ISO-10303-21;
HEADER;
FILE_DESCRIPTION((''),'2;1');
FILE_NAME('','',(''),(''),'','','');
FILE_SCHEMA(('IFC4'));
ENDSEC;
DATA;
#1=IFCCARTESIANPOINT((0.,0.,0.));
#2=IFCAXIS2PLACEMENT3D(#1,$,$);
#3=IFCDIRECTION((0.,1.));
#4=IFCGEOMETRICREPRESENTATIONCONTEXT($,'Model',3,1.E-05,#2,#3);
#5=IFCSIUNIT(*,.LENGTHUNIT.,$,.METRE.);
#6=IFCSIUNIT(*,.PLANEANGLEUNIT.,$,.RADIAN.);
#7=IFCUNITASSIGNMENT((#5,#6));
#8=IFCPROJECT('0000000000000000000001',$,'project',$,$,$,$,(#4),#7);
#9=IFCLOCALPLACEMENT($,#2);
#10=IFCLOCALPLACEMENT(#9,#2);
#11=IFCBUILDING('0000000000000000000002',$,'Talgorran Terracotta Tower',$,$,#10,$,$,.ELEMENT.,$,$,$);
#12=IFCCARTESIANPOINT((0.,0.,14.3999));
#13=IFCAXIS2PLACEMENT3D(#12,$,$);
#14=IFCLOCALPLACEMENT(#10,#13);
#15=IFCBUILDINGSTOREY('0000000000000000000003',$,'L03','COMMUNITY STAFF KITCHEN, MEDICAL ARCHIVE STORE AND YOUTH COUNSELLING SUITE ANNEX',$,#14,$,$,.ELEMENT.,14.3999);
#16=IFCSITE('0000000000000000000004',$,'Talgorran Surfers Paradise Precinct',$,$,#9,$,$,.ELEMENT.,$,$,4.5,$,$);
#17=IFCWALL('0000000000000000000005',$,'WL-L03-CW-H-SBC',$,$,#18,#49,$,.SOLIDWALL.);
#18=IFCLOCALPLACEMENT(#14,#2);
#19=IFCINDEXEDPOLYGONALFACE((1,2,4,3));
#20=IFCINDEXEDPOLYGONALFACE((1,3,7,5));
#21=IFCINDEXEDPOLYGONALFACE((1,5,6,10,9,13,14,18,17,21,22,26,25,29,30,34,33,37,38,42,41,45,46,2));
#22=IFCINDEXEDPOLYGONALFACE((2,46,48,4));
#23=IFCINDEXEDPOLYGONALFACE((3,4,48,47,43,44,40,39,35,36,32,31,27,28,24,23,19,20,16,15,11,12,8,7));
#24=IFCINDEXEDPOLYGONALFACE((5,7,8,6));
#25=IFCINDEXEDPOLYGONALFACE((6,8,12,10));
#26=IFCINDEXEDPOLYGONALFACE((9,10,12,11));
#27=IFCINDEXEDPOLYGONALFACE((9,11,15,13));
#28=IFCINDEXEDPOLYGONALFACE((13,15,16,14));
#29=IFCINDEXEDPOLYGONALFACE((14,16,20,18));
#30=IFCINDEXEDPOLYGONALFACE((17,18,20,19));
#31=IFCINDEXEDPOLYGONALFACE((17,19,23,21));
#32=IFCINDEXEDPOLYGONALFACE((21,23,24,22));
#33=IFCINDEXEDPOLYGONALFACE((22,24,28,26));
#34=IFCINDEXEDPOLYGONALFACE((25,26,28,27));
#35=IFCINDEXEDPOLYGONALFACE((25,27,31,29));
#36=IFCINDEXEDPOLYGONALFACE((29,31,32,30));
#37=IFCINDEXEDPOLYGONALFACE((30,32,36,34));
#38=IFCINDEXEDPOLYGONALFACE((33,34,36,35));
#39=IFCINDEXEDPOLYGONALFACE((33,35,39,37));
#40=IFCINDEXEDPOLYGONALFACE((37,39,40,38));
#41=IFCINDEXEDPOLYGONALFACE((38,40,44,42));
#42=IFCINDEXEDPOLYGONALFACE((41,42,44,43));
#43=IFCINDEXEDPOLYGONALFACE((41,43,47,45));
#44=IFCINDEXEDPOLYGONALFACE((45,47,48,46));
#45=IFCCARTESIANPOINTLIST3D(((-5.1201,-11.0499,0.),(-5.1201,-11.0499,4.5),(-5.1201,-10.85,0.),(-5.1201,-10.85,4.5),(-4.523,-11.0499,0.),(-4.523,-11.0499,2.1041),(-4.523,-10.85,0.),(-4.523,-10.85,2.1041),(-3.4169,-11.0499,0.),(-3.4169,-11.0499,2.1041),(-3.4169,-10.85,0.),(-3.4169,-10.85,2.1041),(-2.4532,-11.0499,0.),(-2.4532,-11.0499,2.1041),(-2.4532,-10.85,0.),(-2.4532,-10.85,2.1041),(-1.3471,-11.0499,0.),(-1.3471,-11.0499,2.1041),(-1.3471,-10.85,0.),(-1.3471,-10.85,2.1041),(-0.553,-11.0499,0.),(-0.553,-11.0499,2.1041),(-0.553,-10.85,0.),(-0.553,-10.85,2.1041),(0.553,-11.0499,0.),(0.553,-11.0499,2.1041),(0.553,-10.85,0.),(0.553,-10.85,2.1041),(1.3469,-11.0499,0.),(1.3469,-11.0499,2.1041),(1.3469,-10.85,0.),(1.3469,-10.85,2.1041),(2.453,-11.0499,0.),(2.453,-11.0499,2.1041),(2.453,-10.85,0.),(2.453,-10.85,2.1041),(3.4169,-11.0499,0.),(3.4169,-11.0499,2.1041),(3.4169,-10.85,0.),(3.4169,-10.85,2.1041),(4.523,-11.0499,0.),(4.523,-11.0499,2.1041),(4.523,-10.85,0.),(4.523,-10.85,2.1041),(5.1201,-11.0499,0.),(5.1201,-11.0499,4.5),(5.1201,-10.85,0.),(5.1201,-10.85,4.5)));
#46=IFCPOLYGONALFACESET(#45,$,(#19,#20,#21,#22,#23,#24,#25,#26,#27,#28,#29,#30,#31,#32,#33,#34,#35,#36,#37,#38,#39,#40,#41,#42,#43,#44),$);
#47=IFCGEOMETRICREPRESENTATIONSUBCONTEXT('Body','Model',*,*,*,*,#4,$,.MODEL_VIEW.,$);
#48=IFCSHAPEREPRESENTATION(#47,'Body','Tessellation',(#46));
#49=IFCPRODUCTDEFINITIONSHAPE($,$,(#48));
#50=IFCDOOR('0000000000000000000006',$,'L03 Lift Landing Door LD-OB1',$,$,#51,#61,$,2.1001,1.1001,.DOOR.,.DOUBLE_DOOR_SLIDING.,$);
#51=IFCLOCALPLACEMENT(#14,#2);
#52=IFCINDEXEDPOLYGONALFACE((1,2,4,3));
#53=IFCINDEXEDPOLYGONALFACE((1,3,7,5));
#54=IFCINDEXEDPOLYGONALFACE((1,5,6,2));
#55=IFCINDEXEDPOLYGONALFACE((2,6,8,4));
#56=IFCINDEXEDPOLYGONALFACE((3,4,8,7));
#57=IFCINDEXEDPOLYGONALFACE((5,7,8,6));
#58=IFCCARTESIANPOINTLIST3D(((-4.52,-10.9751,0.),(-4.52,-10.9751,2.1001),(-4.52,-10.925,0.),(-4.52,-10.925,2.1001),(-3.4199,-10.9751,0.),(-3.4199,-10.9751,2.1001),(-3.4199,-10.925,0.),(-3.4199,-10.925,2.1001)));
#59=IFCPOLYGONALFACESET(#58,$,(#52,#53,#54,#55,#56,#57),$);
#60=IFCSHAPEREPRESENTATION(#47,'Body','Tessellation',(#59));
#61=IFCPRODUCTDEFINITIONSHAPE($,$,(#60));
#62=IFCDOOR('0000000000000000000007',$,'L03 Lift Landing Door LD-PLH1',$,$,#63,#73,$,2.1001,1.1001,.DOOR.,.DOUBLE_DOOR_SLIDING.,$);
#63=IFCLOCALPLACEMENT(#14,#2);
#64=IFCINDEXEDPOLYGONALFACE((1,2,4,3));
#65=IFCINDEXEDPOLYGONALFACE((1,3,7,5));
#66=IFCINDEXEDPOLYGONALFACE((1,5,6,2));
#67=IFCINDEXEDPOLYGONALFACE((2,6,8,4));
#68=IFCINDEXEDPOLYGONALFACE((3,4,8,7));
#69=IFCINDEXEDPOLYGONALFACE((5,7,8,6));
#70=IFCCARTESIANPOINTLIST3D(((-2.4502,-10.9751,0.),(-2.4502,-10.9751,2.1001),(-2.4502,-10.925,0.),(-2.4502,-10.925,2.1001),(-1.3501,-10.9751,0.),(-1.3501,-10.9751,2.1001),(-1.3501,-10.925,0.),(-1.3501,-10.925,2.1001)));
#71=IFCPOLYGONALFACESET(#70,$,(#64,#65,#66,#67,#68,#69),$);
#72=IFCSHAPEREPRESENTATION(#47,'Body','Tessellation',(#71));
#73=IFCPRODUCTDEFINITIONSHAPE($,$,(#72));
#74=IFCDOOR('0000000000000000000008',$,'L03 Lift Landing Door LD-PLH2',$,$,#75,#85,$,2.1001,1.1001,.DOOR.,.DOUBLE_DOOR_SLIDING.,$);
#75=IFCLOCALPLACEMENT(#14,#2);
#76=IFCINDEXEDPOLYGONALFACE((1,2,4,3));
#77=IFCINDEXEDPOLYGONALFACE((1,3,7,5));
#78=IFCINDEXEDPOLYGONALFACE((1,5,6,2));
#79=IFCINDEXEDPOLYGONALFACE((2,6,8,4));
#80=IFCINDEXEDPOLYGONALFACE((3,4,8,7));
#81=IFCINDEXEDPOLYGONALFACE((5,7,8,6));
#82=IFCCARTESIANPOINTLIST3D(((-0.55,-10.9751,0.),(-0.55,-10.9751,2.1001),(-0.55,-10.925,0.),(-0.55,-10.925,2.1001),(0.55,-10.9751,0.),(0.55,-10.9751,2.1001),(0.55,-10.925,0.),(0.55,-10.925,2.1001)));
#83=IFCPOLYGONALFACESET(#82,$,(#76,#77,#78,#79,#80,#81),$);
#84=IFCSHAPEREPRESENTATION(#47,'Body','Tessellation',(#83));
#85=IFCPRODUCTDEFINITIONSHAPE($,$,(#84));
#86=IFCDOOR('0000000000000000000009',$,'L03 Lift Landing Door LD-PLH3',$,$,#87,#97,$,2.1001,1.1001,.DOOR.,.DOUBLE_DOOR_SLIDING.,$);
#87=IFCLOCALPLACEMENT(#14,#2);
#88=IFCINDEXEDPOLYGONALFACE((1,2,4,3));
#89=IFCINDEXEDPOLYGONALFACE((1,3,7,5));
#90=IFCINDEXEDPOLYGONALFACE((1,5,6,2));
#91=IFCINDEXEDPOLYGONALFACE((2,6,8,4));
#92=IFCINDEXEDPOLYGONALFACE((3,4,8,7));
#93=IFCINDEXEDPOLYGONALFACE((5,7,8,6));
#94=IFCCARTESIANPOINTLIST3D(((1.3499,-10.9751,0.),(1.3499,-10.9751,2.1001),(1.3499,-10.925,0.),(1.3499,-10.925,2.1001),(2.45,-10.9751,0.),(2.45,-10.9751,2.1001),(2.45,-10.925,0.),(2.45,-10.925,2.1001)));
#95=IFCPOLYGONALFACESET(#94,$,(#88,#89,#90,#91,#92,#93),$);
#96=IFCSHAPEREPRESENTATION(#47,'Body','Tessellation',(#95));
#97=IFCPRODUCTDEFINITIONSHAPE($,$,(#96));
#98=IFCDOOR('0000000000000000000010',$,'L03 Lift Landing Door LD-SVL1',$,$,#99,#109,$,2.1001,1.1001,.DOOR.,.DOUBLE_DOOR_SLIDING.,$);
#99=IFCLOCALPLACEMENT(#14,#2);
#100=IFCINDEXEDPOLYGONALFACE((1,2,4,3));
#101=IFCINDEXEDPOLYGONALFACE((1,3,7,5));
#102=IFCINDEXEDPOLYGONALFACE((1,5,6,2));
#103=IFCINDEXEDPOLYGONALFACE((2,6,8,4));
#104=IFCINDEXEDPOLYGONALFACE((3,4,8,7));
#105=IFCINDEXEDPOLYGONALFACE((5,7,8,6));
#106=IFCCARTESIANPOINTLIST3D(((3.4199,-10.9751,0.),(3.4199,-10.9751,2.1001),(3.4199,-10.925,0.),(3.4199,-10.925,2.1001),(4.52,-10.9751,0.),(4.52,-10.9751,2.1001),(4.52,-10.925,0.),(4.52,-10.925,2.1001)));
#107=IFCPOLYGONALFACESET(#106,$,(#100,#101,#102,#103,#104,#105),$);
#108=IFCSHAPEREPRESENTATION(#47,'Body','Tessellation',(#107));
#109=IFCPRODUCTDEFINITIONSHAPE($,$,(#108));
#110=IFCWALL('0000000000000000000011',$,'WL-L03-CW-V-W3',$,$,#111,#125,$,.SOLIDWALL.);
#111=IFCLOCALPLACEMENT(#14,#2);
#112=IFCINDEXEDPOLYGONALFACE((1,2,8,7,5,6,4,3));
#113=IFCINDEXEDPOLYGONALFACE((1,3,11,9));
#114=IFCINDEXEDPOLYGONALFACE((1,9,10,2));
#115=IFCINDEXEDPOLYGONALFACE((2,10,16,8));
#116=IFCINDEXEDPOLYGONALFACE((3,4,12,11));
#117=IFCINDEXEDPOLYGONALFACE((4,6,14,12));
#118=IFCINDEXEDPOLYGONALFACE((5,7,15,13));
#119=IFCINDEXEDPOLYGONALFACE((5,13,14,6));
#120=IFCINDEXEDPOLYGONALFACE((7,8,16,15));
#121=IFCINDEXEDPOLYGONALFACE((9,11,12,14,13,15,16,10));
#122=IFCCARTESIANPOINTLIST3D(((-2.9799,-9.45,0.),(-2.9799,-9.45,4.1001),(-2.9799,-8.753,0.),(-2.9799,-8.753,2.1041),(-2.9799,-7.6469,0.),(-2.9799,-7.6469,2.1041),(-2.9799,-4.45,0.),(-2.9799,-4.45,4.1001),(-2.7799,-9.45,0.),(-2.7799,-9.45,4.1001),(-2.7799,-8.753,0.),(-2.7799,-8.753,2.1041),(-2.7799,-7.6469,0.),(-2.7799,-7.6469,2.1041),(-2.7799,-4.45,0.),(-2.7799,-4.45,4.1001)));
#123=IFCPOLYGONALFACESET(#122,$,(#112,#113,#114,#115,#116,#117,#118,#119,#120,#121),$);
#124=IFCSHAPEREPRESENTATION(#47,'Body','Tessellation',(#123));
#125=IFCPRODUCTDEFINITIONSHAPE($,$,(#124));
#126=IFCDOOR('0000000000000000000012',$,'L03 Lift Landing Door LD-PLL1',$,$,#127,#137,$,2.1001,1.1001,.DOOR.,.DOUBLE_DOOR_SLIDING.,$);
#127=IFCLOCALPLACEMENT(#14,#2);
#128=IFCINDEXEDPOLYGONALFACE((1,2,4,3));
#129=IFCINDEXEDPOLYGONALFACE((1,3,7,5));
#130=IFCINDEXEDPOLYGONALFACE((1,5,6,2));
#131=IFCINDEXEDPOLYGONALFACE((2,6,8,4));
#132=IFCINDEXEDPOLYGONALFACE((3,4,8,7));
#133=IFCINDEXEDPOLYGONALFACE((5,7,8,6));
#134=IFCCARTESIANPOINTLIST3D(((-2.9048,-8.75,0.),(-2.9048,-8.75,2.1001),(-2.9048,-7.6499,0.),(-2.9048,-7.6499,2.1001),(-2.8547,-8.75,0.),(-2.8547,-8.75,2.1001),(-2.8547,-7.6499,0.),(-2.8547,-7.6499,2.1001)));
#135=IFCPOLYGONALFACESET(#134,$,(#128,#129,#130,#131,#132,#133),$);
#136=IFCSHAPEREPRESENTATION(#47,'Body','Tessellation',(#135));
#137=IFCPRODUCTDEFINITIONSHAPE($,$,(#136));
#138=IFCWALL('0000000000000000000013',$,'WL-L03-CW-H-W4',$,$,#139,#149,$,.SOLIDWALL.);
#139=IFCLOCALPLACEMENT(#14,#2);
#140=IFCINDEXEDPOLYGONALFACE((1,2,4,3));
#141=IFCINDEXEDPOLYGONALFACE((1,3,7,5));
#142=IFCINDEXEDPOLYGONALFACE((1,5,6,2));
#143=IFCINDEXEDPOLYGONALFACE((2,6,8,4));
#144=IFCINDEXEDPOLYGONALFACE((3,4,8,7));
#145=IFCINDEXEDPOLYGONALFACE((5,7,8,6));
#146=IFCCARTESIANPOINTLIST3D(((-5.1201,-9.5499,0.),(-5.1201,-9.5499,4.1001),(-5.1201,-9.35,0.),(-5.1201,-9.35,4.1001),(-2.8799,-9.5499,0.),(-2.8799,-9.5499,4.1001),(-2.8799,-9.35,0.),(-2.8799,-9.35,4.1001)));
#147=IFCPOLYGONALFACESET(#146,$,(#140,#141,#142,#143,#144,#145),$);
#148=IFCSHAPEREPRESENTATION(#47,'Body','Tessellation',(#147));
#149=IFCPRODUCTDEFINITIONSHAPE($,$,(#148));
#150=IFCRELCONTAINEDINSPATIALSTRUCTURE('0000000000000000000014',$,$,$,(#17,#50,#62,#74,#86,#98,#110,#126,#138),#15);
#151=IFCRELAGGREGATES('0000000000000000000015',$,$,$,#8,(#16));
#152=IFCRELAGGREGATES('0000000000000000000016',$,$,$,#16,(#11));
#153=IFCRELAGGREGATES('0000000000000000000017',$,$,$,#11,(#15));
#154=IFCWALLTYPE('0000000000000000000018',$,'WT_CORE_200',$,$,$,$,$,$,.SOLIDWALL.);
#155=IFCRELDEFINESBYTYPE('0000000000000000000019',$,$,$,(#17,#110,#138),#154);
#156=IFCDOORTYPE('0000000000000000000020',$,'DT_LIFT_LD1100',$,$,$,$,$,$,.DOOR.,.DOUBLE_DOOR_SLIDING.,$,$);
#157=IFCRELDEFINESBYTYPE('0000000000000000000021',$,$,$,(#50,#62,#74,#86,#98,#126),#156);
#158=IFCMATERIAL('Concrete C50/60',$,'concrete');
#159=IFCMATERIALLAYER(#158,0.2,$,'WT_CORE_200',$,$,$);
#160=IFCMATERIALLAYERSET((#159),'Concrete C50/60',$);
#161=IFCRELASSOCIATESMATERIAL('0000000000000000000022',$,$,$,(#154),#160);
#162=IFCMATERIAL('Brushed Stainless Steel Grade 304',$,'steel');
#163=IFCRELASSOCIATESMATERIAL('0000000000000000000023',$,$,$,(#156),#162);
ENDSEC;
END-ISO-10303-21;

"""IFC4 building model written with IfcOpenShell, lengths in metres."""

from ifc_helpers import new_model, si_unit, direction, frame, frame_2d, origin, place, context, subcontext, project, spatial, rectangle, extrude, material, layer, layer_set, type_object, element, fill, save


model = new_model("IFC4")

# Units and contexts
model_context = context("Model", 3, precision=1e-05, world=origin(), true_north=direction((0.0, 1.0)))
body_context = subcontext(model_context, "Body", "Model", "MODEL_VIEW")
ifc_project = project(units=[si_unit("LENGTHUNIT", "METRE"), si_unit("PLANEANGLEUNIT", "RADIAN")], contexts=[model_context])

# Site, building, storey
site_placement = place(None, origin())
site = spatial("IfcSite", under=ifc_project, at=site_placement, Name="Talgorran Surfers Paradise Precinct", CompositionType="ELEMENT", RefElevation=4.5)
building_placement = place(site_placement, origin())
building = spatial("IfcBuilding", under=site, at=building_placement, Name="Talgorran Terracotta Tower", CompositionType="ELEMENT")
storey_placement = place(building_placement, frame((0.0, 0.0, 14.3999)))
storey = spatial("IfcBuildingStorey", under=building, at=storey_placement, Name="L03", Description="COMMUNITY STAFF KITCHEN, MEDICAL ARCHIVE STORE AND YOUTH COUNSELLING SUITE ANNEX", CompositionType="ELEMENT", Elevation=14.3999)

# Wall, openings, doors
ifc_material_1 = material(Name="Concrete C50/60", Category="concrete")
ifc_layer_1 = layer(ifc_material_1, 0.2, Name="WT_CORE_200")
ifc_layer_set_1 = layer_set([ifc_layer_1], Name="Concrete C50/60")
wall_type_1 = type_object("IfcWallType", Name="WT_CORE_200", PredefinedType="SOLIDWALL", material=ifc_layer_set_1)
ifc_material_2 = material(Name="Brushed Stainless Steel Grade 304", Category="steel")
door_type_1 = type_object("IfcDoorType", Name="DT_LIFT_LD1100", OperationType="DOUBLE_DOOR_SLIDING", PredefinedType="DOOR", material=ifc_material_2)
wall_1_placement = place(storey_placement, frame((-5.1201, -10.95, 0.0), z_axis=(0.0, 0.0, 1.0), x_axis=(1.0, 0.0, 0.0)))
wall_1 = element("IfcWall", 1, at=wall_1_placement, inside=storey, type_object=wall_type_1, Name="WL-L03-CW-H-SBC", PredefinedType="SOLIDWALL", context=body_context, shape_type="SweptSolid", body=[
    extrude(rectangle(XDim=10.2402, YDim=0.2, at=frame_2d((5.1201, 0.0))), origin(), (0.0, 0.0, 1.0), 4.5),
])
opening_1_placement = place(wall_1_placement, frame((0.6001, 0.0, 0.0)))
opening_1 = element("IfcOpeningElement", 2, at=opening_1_placement, cuts=wall_1, PredefinedType="OPENING", context=body_context, shape_type="SweptSolid", body=[
    extrude(rectangle(XDim=1.1061, YDim=2.1041, at=frame_2d((0.55, 1.052))), frame((0.0, 0.1099, 0.0), z_axis=(0.0, -1.0, 0.0), x_axis=(1.0, 0.0, 0.0)), (0.0, 0.0, 1.0), 0.22),
])
opening_2_placement = place(wall_1_placement, frame((2.6699, 0.0, 0.0)))
opening_2 = element("IfcOpeningElement", 3, at=opening_2_placement, cuts=wall_1, PredefinedType="OPENING", context=body_context, shape_type="SweptSolid", body=[
    extrude(rectangle(XDim=1.1061, YDim=2.1041, at=frame_2d((0.55, 1.052))), frame((0.0, 0.1099, 0.0), z_axis=(0.0, -1.0, 0.0), x_axis=(1.0, 0.0, 0.0)), (0.0, 0.0, 1.0), 0.22),
])
opening_3_placement = place(wall_1_placement, frame((4.5701, 0.0, 0.0)))
opening_3 = element("IfcOpeningElement", 4, at=opening_3_placement, cuts=wall_1, PredefinedType="OPENING", context=body_context, shape_type="SweptSolid", body=[
    extrude(rectangle(XDim=1.1061, YDim=2.1041, at=frame_2d((0.55, 1.052))), frame((0.0, 0.1099, 0.0), z_axis=(0.0, -1.0, 0.0), x_axis=(1.0, 0.0, 0.0)), (0.0, 0.0, 1.0), 0.22),
])
opening_4_placement = place(wall_1_placement, frame((6.47, 0.0, 0.0)))
opening_4 = element("IfcOpeningElement", 5, at=opening_4_placement, cuts=wall_1, PredefinedType="OPENING", context=body_context, shape_type="SweptSolid", body=[
    extrude(rectangle(XDim=1.1061, YDim=2.1041, at=frame_2d((0.55, 1.052))), frame((0.0, 0.1099, 0.0), z_axis=(0.0, -1.0, 0.0), x_axis=(1.0, 0.0, 0.0)), (0.0, 0.0, 1.0), 0.22),
])
opening_5_placement = place(wall_1_placement, frame((8.54, 0.0, 0.0)))
opening_5 = element("IfcOpeningElement", 6, at=opening_5_placement, cuts=wall_1, PredefinedType="OPENING", context=body_context, shape_type="SweptSolid", body=[
    extrude(rectangle(XDim=1.1061, YDim=2.1041, at=frame_2d((0.55, 1.052))), frame((0.0, 0.1099, 0.0), z_axis=(0.0, -1.0, 0.0), x_axis=(1.0, 0.0, 0.0)), (0.0, 0.0, 1.0), 0.22),
])
door_1_placement = place(opening_1_placement, origin())
door_1 = element("IfcDoor", 7, at=door_1_placement, inside=storey, type_object=door_type_1, Name="L03 Lift Landing Door LD-OB1", OperationType="DOUBLE_DOOR_SLIDING", OverallHeight=2.1001, OverallWidth=1.1001, PredefinedType="DOOR", context=body_context, shape_type="SweptSolid", body=[
    extrude(rectangle(XDim=1.1001, YDim=2.1001, at=frame_2d((0.55, 1.05))), frame((0.0, 0.0249, 0.0), z_axis=(0.0, -1.0, 0.0), x_axis=(1.0, 0.0, 0.0)), (0.0, 0.0, 1.0), 0.05),
])
fill(opening_1, door_1)
door_2_placement = place(opening_2_placement, origin())
door_2 = element("IfcDoor", 8, at=door_2_placement, inside=storey, type_object=door_type_1, Name="L03 Lift Landing Door LD-PLH1", OperationType="DOUBLE_DOOR_SLIDING", OverallHeight=2.1001, OverallWidth=1.1001, PredefinedType="DOOR", context=body_context, shape_type="SweptSolid", body=[
    extrude(rectangle(XDim=1.1001, YDim=2.1001, at=frame_2d((0.55, 1.05))), frame((0.0, 0.0249, 0.0), z_axis=(0.0, -1.0, 0.0), x_axis=(1.0, 0.0, 0.0)), (0.0, 0.0, 1.0), 0.05),
])
fill(opening_2, door_2)
door_3_placement = place(opening_3_placement, origin())
door_3 = element("IfcDoor", 9, at=door_3_placement, inside=storey, type_object=door_type_1, Name="L03 Lift Landing Door LD-PLH2", OperationType="DOUBLE_DOOR_SLIDING", OverallHeight=2.1001, OverallWidth=1.1001, PredefinedType="DOOR", context=body_context, shape_type="SweptSolid", body=[
    extrude(rectangle(XDim=1.1001, YDim=2.1001, at=frame_2d((0.55, 1.05))), frame((0.0, 0.0249, 0.0), z_axis=(0.0, -1.0, 0.0), x_axis=(1.0, 0.0, 0.0)), (0.0, 0.0, 1.0), 0.05),
])
fill(opening_3, door_3)
door_4_placement = place(opening_4_placement, origin())
door_4 = element("IfcDoor", 10, at=door_4_placement, inside=storey, type_object=door_type_1, Name="L03 Lift Landing Door LD-PLH3", OperationType="DOUBLE_DOOR_SLIDING", OverallHeight=2.1001, OverallWidth=1.1001, PredefinedType="DOOR", context=body_context, shape_type="SweptSolid", body=[
    extrude(rectangle(XDim=1.1001, YDim=2.1001, at=frame_2d((0.55, 1.05))), frame((0.0, 0.0249, 0.0), z_axis=(0.0, -1.0, 0.0), x_axis=(1.0, 0.0, 0.0)), (0.0, 0.0, 1.0), 0.05),
])
fill(opening_4, door_4)
door_5_placement = place(opening_5_placement, origin())
door_5 = element("IfcDoor", 11, at=door_5_placement, inside=storey, type_object=door_type_1, Name="L03 Lift Landing Door LD-SVL1", OperationType="DOUBLE_DOOR_SLIDING", OverallHeight=2.1001, OverallWidth=1.1001, PredefinedType="DOOR", context=body_context, shape_type="SweptSolid", body=[
    extrude(rectangle(XDim=1.1001, YDim=2.1001, at=frame_2d((0.55, 1.05))), frame((0.0, 0.0249, 0.0), z_axis=(0.0, -1.0, 0.0), x_axis=(1.0, 0.0, 0.0)), (0.0, 0.0, 1.0), 0.05),
])
fill(opening_5, door_5)

# Wall, opening, door
wall_2_placement = place(storey_placement, frame((-2.8799, -9.45, 0.0), z_axis=(0.0, 0.0, 1.0), x_axis=(0.0, 1.0, 0.0)))
wall_2 = element("IfcWall", 12, at=wall_2_placement, inside=storey, type_object=wall_type_1, Name="WL-L03-CW-V-W3", PredefinedType="SOLIDWALL", context=body_context, shape_type="SweptSolid", body=[
    extrude(rectangle(XDim=5.0, YDim=0.2, at=frame_2d((2.5, 0.0))), origin(), (0.0, 0.0, 1.0), 4.1001),
])
opening_6_placement = place(wall_2_placement, frame((0.7, 0.0, 0.0)))
opening_6 = element("IfcOpeningElement", 13, at=opening_6_placement, cuts=wall_2, PredefinedType="OPENING", context=body_context, shape_type="SweptSolid", body=[
    extrude(rectangle(XDim=1.1061, YDim=2.1041, at=frame_2d((0.55, 1.052))), frame((0.0, 0.1099, 0.0), z_axis=(0.0, -1.0, 0.0), x_axis=(1.0, 0.0, 0.0)), (0.0, 0.0, 1.0), 0.22),
])
door_6_placement = place(opening_6_placement, origin())
door_6 = element("IfcDoor", 14, at=door_6_placement, inside=storey, type_object=door_type_1, Name="L03 Lift Landing Door LD-PLL1", OperationType="DOUBLE_DOOR_SLIDING", OverallHeight=2.1001, OverallWidth=1.1001, PredefinedType="DOOR", context=body_context, shape_type="SweptSolid", body=[
    extrude(rectangle(XDim=1.1001, YDim=2.1001, at=frame_2d((0.55, 1.05))), frame((0.0, 0.0249, 0.0), z_axis=(0.0, -1.0, 0.0), x_axis=(1.0, 0.0, 0.0)), (0.0, 0.0, 1.0), 0.05),
])
fill(opening_6, door_6)

# Wall
wall_3_placement = place(storey_placement, frame((-5.1201, -9.45, 0.0), z_axis=(0.0, 0.0, 1.0), x_axis=(1.0, 0.0, 0.0)))
element("IfcWall", 15, at=wall_3_placement, inside=storey, type_object=wall_type_1, Name="WL-L03-CW-H-W4", PredefinedType="SOLIDWALL", context=body_context, shape_type="SweptSolid", body=[
    extrude(rectangle(XDim=2.2402, YDim=0.2, at=frame_2d((1.1201, 0.0))), origin(), (0.0, 0.0, 1.0), 4.1001),
])

save(model, "model.ifc")
